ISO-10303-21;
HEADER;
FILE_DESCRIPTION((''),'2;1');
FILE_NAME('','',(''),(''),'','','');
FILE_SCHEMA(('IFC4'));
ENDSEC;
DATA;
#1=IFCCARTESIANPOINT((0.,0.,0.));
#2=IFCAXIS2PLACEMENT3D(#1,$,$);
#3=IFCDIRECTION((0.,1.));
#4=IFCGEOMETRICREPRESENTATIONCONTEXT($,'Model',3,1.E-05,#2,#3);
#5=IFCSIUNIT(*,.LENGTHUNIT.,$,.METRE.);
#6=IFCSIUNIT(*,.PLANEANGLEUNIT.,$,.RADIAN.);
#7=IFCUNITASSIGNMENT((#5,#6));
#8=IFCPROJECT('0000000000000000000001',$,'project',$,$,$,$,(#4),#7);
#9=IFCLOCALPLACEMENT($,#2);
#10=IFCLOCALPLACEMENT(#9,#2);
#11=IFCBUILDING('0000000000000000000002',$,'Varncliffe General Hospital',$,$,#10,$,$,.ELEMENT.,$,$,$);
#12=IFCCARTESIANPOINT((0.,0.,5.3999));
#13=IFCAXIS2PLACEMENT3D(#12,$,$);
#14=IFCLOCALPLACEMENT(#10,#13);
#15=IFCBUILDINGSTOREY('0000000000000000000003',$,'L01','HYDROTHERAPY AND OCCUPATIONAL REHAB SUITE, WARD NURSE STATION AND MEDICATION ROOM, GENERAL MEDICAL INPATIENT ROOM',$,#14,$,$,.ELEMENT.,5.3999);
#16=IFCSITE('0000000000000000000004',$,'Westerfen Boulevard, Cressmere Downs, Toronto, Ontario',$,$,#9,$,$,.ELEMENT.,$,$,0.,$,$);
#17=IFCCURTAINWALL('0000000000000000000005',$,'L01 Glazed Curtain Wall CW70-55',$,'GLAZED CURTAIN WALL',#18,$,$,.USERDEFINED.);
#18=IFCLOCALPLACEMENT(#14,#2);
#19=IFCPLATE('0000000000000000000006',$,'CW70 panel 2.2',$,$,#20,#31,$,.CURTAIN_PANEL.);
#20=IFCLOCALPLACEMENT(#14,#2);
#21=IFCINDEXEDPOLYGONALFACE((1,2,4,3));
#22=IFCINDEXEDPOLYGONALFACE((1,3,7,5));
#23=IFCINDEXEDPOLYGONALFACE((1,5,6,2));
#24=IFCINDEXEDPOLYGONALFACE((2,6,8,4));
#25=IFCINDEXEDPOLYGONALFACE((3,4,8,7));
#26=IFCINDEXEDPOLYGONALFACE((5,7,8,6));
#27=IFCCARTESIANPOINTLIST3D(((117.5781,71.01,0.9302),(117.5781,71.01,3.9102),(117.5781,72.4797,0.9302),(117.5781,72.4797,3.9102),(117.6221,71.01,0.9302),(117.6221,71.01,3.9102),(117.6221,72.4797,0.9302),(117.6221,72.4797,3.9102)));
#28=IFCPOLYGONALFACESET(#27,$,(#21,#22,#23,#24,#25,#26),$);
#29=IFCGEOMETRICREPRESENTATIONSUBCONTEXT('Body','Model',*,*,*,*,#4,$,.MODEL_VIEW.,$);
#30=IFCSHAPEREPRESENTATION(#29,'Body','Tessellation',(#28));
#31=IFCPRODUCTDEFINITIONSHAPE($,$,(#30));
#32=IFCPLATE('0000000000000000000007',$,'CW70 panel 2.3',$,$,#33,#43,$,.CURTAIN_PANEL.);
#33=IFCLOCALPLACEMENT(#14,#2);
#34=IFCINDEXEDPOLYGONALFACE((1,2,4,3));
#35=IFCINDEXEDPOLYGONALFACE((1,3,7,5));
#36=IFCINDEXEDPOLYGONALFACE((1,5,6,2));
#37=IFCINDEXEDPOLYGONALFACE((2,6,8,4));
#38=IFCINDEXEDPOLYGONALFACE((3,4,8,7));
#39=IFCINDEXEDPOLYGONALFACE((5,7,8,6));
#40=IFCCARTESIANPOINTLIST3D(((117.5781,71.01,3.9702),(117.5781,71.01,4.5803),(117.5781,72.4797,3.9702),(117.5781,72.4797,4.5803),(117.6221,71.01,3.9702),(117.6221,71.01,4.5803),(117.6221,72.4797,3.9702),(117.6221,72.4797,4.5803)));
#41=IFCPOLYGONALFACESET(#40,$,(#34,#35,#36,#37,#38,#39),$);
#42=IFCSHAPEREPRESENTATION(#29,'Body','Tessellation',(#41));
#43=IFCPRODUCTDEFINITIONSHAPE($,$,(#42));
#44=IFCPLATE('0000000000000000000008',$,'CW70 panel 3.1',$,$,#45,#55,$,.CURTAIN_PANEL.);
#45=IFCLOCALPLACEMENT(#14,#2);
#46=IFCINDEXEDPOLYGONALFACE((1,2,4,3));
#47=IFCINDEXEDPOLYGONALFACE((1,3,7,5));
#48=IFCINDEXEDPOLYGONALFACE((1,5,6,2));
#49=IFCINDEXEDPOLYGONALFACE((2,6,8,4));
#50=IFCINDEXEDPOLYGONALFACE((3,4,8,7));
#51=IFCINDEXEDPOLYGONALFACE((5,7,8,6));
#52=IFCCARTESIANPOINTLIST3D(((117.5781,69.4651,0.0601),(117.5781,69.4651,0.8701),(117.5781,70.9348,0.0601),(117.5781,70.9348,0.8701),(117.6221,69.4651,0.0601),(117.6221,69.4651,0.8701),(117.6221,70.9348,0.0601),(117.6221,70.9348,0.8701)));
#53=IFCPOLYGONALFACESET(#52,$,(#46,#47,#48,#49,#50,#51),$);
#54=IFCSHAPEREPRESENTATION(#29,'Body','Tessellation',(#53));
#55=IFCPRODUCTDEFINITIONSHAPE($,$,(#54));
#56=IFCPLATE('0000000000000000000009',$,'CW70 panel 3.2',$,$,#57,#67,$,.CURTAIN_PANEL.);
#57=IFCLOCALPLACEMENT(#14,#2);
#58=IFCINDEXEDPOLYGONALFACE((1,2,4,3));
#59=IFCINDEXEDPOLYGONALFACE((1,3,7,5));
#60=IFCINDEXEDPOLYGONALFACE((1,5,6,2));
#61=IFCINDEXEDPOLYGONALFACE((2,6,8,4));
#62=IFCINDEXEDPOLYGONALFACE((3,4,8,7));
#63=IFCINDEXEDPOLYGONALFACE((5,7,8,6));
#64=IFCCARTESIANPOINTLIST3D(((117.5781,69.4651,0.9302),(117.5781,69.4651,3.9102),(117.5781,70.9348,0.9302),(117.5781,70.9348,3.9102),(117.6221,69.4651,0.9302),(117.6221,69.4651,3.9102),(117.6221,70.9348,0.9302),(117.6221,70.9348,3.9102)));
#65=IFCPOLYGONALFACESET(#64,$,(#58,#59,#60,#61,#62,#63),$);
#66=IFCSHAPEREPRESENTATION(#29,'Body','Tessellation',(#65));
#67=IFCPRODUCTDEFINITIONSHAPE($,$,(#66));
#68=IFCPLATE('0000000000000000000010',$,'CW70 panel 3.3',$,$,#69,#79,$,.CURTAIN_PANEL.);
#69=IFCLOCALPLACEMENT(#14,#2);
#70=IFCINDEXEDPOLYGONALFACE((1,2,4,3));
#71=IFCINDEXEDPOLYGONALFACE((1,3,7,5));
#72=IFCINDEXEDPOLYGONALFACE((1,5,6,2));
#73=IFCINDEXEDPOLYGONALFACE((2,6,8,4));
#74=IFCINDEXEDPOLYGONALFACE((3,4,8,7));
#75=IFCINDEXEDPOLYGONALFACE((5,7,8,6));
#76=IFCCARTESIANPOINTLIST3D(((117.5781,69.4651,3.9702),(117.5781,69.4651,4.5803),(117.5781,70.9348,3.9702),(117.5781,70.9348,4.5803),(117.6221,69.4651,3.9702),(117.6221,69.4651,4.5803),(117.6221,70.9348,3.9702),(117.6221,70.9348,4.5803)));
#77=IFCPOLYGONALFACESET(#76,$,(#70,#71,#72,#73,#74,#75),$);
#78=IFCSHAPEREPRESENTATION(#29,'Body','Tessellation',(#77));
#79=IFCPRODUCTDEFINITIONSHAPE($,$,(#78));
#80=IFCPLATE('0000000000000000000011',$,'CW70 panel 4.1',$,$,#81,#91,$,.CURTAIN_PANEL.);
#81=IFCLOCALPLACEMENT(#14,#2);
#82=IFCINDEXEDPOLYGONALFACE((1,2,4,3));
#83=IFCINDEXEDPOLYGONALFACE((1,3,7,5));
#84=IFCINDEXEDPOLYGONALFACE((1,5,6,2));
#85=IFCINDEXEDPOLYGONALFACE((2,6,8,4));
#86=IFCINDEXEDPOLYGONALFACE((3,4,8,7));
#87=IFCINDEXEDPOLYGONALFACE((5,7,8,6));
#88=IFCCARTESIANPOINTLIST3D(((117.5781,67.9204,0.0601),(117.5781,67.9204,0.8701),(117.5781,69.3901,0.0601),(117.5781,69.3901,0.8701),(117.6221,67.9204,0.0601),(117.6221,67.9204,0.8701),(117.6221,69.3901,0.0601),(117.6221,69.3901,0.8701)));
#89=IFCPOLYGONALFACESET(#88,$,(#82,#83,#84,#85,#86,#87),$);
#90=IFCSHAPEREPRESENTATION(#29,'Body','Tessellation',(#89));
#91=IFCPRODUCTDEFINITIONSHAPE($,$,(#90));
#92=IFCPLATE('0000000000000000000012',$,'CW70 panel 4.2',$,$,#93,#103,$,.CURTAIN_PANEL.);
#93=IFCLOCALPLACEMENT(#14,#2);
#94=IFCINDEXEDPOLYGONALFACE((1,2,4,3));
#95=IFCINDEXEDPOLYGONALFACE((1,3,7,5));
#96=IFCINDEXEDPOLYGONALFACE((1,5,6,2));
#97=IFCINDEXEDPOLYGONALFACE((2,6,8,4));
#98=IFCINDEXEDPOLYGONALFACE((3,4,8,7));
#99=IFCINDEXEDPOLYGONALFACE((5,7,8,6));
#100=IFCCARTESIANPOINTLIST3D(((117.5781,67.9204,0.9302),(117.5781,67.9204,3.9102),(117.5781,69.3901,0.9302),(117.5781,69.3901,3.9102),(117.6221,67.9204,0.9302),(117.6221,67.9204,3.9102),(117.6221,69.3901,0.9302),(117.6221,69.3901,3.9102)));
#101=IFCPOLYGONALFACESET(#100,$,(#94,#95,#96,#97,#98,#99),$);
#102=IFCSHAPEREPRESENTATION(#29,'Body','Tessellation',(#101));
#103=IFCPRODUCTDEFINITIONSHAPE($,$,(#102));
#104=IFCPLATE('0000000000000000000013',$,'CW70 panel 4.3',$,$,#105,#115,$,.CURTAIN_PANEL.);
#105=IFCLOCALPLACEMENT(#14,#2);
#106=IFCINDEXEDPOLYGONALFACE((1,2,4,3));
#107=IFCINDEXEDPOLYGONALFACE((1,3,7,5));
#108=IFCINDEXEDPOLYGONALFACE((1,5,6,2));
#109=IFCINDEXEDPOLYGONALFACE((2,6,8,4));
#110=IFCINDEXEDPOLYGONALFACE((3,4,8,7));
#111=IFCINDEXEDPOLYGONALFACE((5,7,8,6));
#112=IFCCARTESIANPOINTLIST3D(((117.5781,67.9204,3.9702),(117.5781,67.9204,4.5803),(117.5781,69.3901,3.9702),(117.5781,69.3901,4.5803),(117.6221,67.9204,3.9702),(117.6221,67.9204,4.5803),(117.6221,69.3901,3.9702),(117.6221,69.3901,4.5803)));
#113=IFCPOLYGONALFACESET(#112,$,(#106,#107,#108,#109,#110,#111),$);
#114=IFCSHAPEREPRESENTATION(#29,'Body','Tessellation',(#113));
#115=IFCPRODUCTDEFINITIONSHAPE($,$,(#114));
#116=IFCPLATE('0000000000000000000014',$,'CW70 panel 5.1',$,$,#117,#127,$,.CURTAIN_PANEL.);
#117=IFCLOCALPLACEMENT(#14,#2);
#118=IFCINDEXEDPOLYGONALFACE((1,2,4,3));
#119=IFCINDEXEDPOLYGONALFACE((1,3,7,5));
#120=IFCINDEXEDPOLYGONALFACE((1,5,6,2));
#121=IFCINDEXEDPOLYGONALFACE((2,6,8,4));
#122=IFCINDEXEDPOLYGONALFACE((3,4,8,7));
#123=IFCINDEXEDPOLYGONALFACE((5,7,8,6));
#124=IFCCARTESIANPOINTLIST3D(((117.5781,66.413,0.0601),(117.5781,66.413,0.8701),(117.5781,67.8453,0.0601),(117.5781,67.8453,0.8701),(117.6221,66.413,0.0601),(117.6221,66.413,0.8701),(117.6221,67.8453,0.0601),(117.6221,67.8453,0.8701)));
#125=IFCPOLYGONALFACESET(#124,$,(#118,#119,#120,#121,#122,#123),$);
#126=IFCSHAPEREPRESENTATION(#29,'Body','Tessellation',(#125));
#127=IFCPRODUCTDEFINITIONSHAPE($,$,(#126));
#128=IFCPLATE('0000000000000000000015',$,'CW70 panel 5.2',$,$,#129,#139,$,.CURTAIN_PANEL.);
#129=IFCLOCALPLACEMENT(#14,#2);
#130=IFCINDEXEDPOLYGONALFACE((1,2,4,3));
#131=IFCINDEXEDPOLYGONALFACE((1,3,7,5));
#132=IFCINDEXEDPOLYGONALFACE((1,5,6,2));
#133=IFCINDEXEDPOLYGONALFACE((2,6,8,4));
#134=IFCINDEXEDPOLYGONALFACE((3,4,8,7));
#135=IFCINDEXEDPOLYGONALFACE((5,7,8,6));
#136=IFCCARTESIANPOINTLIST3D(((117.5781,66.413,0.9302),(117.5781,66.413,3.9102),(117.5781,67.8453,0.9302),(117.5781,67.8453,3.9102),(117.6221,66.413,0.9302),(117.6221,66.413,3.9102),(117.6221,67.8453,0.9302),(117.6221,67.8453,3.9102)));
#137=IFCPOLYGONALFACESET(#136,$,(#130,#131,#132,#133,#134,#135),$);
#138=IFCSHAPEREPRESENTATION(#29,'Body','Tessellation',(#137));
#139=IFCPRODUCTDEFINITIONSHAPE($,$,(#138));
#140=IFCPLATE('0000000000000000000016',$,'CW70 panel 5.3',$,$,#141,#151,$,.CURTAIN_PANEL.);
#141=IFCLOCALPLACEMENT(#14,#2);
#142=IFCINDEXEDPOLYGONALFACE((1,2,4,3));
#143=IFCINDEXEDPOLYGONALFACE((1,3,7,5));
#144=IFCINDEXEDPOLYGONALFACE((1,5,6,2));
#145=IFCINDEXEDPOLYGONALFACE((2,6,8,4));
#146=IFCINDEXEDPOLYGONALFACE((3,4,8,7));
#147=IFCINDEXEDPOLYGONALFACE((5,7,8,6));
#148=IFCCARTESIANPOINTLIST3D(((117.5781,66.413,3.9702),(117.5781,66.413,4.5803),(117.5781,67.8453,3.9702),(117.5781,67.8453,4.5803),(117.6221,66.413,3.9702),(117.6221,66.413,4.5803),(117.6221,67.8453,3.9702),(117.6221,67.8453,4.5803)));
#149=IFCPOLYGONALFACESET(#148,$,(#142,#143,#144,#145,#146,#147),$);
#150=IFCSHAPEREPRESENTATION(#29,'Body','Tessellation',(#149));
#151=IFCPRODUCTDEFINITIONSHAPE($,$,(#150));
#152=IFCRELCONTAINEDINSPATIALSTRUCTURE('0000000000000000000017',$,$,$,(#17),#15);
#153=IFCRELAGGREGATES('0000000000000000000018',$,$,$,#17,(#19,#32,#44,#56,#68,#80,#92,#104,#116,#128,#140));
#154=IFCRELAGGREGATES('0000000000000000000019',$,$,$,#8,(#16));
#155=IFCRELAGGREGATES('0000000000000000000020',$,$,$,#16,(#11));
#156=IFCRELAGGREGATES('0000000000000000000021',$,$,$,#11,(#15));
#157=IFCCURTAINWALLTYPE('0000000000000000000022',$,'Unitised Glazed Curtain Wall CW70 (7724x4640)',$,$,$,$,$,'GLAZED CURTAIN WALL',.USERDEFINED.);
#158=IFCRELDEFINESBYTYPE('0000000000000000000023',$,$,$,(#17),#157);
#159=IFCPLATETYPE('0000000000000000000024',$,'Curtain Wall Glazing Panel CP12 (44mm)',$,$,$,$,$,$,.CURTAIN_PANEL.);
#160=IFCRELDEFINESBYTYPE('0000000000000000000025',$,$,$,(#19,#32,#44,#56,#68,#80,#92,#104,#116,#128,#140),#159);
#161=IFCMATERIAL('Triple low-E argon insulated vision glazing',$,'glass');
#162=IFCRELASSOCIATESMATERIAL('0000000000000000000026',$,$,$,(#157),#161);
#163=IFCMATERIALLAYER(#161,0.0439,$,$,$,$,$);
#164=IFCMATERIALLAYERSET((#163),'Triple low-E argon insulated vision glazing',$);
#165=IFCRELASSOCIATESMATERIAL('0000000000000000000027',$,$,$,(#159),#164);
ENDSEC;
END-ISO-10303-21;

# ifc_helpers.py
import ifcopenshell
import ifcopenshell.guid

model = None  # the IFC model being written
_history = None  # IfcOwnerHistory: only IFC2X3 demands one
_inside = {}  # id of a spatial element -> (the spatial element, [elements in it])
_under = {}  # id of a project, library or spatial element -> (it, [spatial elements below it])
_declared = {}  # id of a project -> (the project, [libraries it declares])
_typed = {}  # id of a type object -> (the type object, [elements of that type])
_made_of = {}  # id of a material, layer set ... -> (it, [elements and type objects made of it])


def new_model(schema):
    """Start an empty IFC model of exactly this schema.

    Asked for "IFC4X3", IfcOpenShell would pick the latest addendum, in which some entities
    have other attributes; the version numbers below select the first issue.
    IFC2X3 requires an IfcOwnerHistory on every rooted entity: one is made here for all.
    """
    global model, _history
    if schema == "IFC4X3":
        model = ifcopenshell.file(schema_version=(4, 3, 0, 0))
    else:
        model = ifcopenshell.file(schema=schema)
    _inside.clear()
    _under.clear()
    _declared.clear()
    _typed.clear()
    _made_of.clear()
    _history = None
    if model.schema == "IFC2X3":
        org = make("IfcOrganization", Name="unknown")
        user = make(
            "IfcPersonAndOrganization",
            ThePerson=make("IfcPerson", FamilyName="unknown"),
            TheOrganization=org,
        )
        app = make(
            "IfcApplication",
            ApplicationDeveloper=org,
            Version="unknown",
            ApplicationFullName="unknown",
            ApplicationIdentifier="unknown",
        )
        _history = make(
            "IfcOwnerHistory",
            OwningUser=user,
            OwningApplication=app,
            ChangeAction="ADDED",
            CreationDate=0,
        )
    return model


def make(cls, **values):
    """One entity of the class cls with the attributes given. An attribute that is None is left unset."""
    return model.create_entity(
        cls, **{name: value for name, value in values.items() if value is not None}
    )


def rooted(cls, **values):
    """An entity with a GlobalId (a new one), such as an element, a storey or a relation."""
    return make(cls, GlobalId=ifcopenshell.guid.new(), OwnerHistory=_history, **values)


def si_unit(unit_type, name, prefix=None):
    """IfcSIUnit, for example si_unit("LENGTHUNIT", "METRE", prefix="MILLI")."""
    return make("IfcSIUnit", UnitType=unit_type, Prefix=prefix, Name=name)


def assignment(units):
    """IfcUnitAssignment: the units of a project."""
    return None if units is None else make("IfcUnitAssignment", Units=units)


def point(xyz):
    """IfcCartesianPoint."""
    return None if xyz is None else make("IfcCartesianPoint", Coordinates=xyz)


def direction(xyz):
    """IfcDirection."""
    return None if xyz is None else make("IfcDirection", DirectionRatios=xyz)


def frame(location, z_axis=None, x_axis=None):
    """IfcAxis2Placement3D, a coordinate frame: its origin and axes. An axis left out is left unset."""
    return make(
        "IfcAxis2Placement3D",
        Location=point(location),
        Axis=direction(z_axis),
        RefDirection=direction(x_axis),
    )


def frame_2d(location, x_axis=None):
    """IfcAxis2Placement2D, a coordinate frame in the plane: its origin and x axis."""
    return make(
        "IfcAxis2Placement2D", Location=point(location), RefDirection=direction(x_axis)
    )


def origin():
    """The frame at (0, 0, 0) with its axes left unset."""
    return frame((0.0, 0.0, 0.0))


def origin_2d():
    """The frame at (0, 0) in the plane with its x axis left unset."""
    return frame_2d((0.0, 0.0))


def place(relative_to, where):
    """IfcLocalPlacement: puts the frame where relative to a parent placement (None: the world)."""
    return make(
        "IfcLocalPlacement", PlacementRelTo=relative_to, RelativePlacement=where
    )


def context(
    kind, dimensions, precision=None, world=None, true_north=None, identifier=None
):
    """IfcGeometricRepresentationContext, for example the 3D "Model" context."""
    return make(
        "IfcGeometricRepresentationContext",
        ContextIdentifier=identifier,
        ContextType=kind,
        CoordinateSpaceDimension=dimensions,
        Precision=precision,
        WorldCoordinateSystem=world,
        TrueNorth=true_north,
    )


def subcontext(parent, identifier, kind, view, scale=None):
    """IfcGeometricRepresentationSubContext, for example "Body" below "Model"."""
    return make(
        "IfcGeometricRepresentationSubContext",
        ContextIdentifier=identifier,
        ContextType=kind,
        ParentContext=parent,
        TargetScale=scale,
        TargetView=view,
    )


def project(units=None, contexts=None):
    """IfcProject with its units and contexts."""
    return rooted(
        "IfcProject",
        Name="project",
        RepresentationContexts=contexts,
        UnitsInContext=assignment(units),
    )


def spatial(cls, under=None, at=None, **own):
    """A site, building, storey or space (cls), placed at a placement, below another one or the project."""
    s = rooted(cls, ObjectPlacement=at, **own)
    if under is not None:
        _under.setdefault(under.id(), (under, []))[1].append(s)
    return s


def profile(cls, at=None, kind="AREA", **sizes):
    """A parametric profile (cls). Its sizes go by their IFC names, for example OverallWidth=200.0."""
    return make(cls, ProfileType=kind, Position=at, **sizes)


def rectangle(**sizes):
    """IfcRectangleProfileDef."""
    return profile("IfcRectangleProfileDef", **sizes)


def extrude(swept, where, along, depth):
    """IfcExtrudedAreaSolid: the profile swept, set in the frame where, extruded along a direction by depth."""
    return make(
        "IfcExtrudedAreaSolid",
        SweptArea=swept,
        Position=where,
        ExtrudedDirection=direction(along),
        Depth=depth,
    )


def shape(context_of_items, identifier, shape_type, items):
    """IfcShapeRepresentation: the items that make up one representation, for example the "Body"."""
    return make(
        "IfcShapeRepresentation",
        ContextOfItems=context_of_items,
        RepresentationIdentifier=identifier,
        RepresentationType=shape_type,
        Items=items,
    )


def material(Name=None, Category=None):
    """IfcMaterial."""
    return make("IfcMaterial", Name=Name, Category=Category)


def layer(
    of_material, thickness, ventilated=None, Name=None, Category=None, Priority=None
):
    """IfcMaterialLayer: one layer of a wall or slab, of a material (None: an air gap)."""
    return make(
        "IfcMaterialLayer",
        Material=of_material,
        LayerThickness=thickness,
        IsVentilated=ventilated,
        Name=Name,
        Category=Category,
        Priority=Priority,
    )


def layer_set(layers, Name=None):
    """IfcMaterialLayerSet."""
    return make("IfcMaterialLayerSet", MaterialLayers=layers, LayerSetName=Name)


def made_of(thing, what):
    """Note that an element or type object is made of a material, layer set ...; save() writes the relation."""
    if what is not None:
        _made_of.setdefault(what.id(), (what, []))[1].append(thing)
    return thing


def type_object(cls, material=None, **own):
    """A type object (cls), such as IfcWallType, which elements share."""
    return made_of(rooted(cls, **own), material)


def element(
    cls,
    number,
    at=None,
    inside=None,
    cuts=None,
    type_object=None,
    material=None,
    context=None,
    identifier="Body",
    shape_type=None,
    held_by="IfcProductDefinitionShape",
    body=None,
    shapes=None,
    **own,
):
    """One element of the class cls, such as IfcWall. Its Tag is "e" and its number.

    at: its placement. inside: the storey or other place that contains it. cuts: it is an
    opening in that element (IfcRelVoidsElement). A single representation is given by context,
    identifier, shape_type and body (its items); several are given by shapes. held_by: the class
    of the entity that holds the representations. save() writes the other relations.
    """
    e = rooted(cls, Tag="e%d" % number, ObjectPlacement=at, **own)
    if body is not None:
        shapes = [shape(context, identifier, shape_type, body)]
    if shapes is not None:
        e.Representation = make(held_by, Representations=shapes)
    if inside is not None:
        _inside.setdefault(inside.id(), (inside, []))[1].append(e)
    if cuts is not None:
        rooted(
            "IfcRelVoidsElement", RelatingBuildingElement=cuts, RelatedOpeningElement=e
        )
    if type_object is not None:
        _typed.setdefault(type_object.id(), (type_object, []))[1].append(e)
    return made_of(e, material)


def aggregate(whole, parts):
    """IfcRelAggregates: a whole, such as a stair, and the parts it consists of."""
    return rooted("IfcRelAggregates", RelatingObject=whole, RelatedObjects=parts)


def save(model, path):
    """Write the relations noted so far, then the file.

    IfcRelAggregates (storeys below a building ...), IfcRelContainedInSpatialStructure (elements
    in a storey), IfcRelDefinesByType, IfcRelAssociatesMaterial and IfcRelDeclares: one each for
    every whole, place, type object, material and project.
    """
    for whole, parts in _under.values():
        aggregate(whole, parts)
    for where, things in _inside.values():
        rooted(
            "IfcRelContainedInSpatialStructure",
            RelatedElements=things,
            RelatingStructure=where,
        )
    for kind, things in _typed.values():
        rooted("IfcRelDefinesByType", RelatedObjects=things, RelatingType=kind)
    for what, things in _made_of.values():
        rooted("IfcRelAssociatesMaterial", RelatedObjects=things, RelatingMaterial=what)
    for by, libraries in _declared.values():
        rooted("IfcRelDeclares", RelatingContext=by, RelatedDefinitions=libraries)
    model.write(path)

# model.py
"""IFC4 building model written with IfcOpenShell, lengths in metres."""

from ifc_helpers import new_model, si_unit, direction, frame, origin, origin_2d, place, context, subcontext, project, spatial, rectangle, extrude, material, layer, layer_set, type_object, element, aggregate, save


model = new_model("IFC4")

# Units and contexts
model_context = context("Model", 3, precision=1e-05, world=origin(), true_north=direction((0.0, 1.0)))
body_context = subcontext(model_context, "Body", "Model", "MODEL_VIEW")
ifc_project = project(units=[si_unit("LENGTHUNIT", "METRE"), si_unit("PLANEANGLEUNIT", "RADIAN")], contexts=[model_context])

# Site, building, storey
site_placement = place(None, origin())
site = spatial("IfcSite", under=ifc_project, at=site_placement, Name="Westerfen Boulevard, Cressmere Downs, Toronto, Ontario", CompositionType="ELEMENT", RefElevation=0.0)
building_placement = place(site_placement, origin())
building = spatial("IfcBuilding", under=site, at=building_placement, Name="Varncliffe General Hospital", CompositionType="ELEMENT")
storey_placement = place(building_placement, frame((0.0, 0.0, 5.3999)))
storey = spatial("IfcBuildingStorey", under=building, at=storey_placement, Name="L01", Description="HYDROTHERAPY AND OCCUPATIONAL REHAB SUITE, WARD NURSE STATION AND MEDICATION ROOM, GENERAL MEDICAL INPATIENT ROOM", CompositionType="ELEMENT", Elevation=5.3999)

# Curtain wall
ifc_material_1 = material(Name="Triple low-E argon insulated vision glazing", Category="glass")
curtain_wall_type_1 = type_object("IfcCurtainWallType", Name="Unitised Glazed Curtain Wall CW70 (7724x4640)", ElementType="GLAZED CURTAIN WALL", PredefinedType="USERDEFINED", material=ifc_material_1)
curtain_wall_1_placement = place(storey_placement, origin())
curtain_wall_1 = element("IfcCurtainWall", 1, at=curtain_wall_1_placement, inside=storey, type_object=curtain_wall_type_1, Name="L01 Glazed Curtain Wall CW70-55", ObjectType="GLAZED CURTAIN WALL", PredefinedType="USERDEFINED")

# Plates
ifc_layer = layer(ifc_material_1, 0.0439)
ifc_layer_set = layer_set([ifc_layer], Name="Triple low-E argon insulated vision glazing")
plate_type = type_object("IfcPlateType", Name="Curtain Wall Glazing Panel CP12 (44mm)", PredefinedType="CURTAIN_PANEL", material=ifc_layer_set)
plate_1_placement = place(storey_placement, frame((117.6001, 71.7449, 0.9302), z_axis=(0.0, 0.0, 1.0), x_axis=(0.0, -1.0, 0.0)))
plate_1 = element("IfcPlate", 2, at=plate_1_placement, type_object=plate_type, Name="CW70 panel 2.2", PredefinedType="CURTAIN_PANEL", context=body_context, shape_type="SweptSolid", body=[
    extrude(rectangle(XDim=1.4697, YDim=0.0439, at=origin_2d()), origin(), (0.0, 0.0, 1.0), 2.98),
])
plate_2_placement = place(storey_placement, frame((117.6001, 71.7449, 3.9702), z_axis=(0.0, 0.0, 1.0), x_axis=(0.0, -1.0, 0.0)))
plate_2 = element("IfcPlate", 3, at=plate_2_placement, type_object=plate_type, Name="CW70 panel 2.3", PredefinedType="CURTAIN_PANEL", context=body_context, shape_type="SweptSolid", body=[
    extrude(rectangle(XDim=1.4697, YDim=0.0439, at=origin_2d()), origin(), (0.0, 0.0, 1.0), 0.6101),
])
plate_3_placement = place(storey_placement, frame((117.6001, 70.2, 0.0601), z_axis=(0.0, 0.0, 1.0), x_axis=(0.0, -1.0, 0.0)))
plate_3 = element("IfcPlate", 4, at=plate_3_placement, type_object=plate_type, Name="CW70 panel 3.1", PredefinedType="CURTAIN_PANEL", context=body_context, shape_type="SweptSolid", body=[
    extrude(rectangle(XDim=1.4697, YDim=0.0439, at=origin_2d()), origin(), (0.0, 0.0, 1.0), 0.8101),
])
plate_4_placement = place(storey_placement, frame((117.6001, 70.2, 0.9302), z_axis=(0.0, 0.0, 1.0), x_axis=(0.0, -1.0, 0.0)))
plate_4 = element("IfcPlate", 5, at=plate_4_placement, type_object=plate_type, Name="CW70 panel 3.2", PredefinedType="CURTAIN_PANEL", context=body_context, shape_type="SweptSolid", body=[
    extrude(rectangle(XDim=1.4697, YDim=0.0439, at=origin_2d()), origin(), (0.0, 0.0, 1.0), 2.98),
])
plate_5_placement = place(storey_placement, frame((117.6001, 70.2, 3.9702), z_axis=(0.0, 0.0, 1.0), x_axis=(0.0, -1.0, 0.0)))
plate_5 = element("IfcPlate", 6, at=plate_5_placement, type_object=plate_type, Name="CW70 panel 3.3", PredefinedType="CURTAIN_PANEL", context=body_context, shape_type="SweptSolid", body=[
    extrude(rectangle(XDim=1.4697, YDim=0.0439, at=origin_2d()), origin(), (0.0, 0.0, 1.0), 0.6101),
])
plate_6_placement = place(storey_placement, frame((117.6001, 68.6553, 0.0601), z_axis=(0.0, 0.0, 1.0), x_axis=(0.0, -1.0, 0.0)))
plate_6 = element("IfcPlate", 7, at=plate_6_placement, type_object=plate_type, Name="CW70 panel 4.1", PredefinedType="CURTAIN_PANEL", context=body_context, shape_type="SweptSolid", body=[
    extrude(rectangle(XDim=1.4697, YDim=0.0439, at=origin_2d()), origin(), (0.0, 0.0, 1.0), 0.8101),
])
plate_7_placement = place(storey_placement, frame((117.6001, 68.6553, 0.9302), z_axis=(0.0, 0.0, 1.0), x_axis=(0.0, -1.0, 0.0)))
plate_7 = element("IfcPlate", 8, at=plate_7_placement, type_object=plate_type, Name="CW70 panel 4.2", PredefinedType="CURTAIN_PANEL", context=body_context, shape_type="SweptSolid", body=[
    extrude(rectangle(XDim=1.4697, YDim=0.0439, at=origin_2d()), origin(), (0.0, 0.0, 1.0), 2.98),
])
plate_8_placement = place(storey_placement, frame((117.6001, 68.6553, 3.9702), z_axis=(0.0, 0.0, 1.0), x_axis=(0.0, -1.0, 0.0)))
plate_8 = element("IfcPlate", 9, at=plate_8_placement, type_object=plate_type, Name="CW70 panel 4.3", PredefinedType="CURTAIN_PANEL", context=body_context, shape_type="SweptSolid", body=[
    extrude(rectangle(XDim=1.4697, YDim=0.0439, at=origin_2d()), origin(), (0.0, 0.0, 1.0), 0.6101),
])
plate_9_placement = place(storey_placement, frame((117.6001, 67.1292, 0.0601), z_axis=(0.0, 0.0, 1.0), x_axis=(0.0, -1.0, 0.0)))
plate_9 = element("IfcPlate", 10, at=plate_9_placement, type_object=plate_type, Name="CW70 panel 5.1", PredefinedType="CURTAIN_PANEL", context=body_context, shape_type="SweptSolid", body=[
    extrude(rectangle(XDim=1.4324, YDim=0.0439, at=origin_2d()), origin(), (0.0, 0.0, 1.0), 0.8101),
])
plate_10_placement = place(storey_placement, frame((117.6001, 67.1292, 0.9302), z_axis=(0.0, 0.0, 1.0), x_axis=(0.0, -1.0, 0.0)))
plate_10 = element("IfcPlate", 11, at=plate_10_placement, type_object=plate_type, Name="CW70 panel 5.2", PredefinedType="CURTAIN_PANEL", context=body_context, shape_type="SweptSolid", body=[
    extrude(rectangle(XDim=1.4324, YDim=0.0439, at=origin_2d()), origin(), (0.0, 0.0, 1.0), 2.98),
])
plate_11_placement = place(storey_placement, frame((117.6001, 67.1292, 3.9702), z_axis=(0.0, 0.0, 1.0), x_axis=(0.0, -1.0, 0.0)))
plate_11 = element("IfcPlate", 12, at=plate_11_placement, type_object=plate_type, Name="CW70 panel 5.3", PredefinedType="CURTAIN_PANEL", context=body_context, shape_type="SweptSolid", body=[
    extrude(rectangle(XDim=1.4324, YDim=0.0439, at=origin_2d()), origin(), (0.0, 0.0, 1.0), 0.6101),
])
aggregate(curtain_wall_1, [plate_1, plate_2, plate_3, plate_4, plate_5, plate_6, plate_7, plate_8, plate_9, plate_10, plate_11])

save(model, "model.ifc")
